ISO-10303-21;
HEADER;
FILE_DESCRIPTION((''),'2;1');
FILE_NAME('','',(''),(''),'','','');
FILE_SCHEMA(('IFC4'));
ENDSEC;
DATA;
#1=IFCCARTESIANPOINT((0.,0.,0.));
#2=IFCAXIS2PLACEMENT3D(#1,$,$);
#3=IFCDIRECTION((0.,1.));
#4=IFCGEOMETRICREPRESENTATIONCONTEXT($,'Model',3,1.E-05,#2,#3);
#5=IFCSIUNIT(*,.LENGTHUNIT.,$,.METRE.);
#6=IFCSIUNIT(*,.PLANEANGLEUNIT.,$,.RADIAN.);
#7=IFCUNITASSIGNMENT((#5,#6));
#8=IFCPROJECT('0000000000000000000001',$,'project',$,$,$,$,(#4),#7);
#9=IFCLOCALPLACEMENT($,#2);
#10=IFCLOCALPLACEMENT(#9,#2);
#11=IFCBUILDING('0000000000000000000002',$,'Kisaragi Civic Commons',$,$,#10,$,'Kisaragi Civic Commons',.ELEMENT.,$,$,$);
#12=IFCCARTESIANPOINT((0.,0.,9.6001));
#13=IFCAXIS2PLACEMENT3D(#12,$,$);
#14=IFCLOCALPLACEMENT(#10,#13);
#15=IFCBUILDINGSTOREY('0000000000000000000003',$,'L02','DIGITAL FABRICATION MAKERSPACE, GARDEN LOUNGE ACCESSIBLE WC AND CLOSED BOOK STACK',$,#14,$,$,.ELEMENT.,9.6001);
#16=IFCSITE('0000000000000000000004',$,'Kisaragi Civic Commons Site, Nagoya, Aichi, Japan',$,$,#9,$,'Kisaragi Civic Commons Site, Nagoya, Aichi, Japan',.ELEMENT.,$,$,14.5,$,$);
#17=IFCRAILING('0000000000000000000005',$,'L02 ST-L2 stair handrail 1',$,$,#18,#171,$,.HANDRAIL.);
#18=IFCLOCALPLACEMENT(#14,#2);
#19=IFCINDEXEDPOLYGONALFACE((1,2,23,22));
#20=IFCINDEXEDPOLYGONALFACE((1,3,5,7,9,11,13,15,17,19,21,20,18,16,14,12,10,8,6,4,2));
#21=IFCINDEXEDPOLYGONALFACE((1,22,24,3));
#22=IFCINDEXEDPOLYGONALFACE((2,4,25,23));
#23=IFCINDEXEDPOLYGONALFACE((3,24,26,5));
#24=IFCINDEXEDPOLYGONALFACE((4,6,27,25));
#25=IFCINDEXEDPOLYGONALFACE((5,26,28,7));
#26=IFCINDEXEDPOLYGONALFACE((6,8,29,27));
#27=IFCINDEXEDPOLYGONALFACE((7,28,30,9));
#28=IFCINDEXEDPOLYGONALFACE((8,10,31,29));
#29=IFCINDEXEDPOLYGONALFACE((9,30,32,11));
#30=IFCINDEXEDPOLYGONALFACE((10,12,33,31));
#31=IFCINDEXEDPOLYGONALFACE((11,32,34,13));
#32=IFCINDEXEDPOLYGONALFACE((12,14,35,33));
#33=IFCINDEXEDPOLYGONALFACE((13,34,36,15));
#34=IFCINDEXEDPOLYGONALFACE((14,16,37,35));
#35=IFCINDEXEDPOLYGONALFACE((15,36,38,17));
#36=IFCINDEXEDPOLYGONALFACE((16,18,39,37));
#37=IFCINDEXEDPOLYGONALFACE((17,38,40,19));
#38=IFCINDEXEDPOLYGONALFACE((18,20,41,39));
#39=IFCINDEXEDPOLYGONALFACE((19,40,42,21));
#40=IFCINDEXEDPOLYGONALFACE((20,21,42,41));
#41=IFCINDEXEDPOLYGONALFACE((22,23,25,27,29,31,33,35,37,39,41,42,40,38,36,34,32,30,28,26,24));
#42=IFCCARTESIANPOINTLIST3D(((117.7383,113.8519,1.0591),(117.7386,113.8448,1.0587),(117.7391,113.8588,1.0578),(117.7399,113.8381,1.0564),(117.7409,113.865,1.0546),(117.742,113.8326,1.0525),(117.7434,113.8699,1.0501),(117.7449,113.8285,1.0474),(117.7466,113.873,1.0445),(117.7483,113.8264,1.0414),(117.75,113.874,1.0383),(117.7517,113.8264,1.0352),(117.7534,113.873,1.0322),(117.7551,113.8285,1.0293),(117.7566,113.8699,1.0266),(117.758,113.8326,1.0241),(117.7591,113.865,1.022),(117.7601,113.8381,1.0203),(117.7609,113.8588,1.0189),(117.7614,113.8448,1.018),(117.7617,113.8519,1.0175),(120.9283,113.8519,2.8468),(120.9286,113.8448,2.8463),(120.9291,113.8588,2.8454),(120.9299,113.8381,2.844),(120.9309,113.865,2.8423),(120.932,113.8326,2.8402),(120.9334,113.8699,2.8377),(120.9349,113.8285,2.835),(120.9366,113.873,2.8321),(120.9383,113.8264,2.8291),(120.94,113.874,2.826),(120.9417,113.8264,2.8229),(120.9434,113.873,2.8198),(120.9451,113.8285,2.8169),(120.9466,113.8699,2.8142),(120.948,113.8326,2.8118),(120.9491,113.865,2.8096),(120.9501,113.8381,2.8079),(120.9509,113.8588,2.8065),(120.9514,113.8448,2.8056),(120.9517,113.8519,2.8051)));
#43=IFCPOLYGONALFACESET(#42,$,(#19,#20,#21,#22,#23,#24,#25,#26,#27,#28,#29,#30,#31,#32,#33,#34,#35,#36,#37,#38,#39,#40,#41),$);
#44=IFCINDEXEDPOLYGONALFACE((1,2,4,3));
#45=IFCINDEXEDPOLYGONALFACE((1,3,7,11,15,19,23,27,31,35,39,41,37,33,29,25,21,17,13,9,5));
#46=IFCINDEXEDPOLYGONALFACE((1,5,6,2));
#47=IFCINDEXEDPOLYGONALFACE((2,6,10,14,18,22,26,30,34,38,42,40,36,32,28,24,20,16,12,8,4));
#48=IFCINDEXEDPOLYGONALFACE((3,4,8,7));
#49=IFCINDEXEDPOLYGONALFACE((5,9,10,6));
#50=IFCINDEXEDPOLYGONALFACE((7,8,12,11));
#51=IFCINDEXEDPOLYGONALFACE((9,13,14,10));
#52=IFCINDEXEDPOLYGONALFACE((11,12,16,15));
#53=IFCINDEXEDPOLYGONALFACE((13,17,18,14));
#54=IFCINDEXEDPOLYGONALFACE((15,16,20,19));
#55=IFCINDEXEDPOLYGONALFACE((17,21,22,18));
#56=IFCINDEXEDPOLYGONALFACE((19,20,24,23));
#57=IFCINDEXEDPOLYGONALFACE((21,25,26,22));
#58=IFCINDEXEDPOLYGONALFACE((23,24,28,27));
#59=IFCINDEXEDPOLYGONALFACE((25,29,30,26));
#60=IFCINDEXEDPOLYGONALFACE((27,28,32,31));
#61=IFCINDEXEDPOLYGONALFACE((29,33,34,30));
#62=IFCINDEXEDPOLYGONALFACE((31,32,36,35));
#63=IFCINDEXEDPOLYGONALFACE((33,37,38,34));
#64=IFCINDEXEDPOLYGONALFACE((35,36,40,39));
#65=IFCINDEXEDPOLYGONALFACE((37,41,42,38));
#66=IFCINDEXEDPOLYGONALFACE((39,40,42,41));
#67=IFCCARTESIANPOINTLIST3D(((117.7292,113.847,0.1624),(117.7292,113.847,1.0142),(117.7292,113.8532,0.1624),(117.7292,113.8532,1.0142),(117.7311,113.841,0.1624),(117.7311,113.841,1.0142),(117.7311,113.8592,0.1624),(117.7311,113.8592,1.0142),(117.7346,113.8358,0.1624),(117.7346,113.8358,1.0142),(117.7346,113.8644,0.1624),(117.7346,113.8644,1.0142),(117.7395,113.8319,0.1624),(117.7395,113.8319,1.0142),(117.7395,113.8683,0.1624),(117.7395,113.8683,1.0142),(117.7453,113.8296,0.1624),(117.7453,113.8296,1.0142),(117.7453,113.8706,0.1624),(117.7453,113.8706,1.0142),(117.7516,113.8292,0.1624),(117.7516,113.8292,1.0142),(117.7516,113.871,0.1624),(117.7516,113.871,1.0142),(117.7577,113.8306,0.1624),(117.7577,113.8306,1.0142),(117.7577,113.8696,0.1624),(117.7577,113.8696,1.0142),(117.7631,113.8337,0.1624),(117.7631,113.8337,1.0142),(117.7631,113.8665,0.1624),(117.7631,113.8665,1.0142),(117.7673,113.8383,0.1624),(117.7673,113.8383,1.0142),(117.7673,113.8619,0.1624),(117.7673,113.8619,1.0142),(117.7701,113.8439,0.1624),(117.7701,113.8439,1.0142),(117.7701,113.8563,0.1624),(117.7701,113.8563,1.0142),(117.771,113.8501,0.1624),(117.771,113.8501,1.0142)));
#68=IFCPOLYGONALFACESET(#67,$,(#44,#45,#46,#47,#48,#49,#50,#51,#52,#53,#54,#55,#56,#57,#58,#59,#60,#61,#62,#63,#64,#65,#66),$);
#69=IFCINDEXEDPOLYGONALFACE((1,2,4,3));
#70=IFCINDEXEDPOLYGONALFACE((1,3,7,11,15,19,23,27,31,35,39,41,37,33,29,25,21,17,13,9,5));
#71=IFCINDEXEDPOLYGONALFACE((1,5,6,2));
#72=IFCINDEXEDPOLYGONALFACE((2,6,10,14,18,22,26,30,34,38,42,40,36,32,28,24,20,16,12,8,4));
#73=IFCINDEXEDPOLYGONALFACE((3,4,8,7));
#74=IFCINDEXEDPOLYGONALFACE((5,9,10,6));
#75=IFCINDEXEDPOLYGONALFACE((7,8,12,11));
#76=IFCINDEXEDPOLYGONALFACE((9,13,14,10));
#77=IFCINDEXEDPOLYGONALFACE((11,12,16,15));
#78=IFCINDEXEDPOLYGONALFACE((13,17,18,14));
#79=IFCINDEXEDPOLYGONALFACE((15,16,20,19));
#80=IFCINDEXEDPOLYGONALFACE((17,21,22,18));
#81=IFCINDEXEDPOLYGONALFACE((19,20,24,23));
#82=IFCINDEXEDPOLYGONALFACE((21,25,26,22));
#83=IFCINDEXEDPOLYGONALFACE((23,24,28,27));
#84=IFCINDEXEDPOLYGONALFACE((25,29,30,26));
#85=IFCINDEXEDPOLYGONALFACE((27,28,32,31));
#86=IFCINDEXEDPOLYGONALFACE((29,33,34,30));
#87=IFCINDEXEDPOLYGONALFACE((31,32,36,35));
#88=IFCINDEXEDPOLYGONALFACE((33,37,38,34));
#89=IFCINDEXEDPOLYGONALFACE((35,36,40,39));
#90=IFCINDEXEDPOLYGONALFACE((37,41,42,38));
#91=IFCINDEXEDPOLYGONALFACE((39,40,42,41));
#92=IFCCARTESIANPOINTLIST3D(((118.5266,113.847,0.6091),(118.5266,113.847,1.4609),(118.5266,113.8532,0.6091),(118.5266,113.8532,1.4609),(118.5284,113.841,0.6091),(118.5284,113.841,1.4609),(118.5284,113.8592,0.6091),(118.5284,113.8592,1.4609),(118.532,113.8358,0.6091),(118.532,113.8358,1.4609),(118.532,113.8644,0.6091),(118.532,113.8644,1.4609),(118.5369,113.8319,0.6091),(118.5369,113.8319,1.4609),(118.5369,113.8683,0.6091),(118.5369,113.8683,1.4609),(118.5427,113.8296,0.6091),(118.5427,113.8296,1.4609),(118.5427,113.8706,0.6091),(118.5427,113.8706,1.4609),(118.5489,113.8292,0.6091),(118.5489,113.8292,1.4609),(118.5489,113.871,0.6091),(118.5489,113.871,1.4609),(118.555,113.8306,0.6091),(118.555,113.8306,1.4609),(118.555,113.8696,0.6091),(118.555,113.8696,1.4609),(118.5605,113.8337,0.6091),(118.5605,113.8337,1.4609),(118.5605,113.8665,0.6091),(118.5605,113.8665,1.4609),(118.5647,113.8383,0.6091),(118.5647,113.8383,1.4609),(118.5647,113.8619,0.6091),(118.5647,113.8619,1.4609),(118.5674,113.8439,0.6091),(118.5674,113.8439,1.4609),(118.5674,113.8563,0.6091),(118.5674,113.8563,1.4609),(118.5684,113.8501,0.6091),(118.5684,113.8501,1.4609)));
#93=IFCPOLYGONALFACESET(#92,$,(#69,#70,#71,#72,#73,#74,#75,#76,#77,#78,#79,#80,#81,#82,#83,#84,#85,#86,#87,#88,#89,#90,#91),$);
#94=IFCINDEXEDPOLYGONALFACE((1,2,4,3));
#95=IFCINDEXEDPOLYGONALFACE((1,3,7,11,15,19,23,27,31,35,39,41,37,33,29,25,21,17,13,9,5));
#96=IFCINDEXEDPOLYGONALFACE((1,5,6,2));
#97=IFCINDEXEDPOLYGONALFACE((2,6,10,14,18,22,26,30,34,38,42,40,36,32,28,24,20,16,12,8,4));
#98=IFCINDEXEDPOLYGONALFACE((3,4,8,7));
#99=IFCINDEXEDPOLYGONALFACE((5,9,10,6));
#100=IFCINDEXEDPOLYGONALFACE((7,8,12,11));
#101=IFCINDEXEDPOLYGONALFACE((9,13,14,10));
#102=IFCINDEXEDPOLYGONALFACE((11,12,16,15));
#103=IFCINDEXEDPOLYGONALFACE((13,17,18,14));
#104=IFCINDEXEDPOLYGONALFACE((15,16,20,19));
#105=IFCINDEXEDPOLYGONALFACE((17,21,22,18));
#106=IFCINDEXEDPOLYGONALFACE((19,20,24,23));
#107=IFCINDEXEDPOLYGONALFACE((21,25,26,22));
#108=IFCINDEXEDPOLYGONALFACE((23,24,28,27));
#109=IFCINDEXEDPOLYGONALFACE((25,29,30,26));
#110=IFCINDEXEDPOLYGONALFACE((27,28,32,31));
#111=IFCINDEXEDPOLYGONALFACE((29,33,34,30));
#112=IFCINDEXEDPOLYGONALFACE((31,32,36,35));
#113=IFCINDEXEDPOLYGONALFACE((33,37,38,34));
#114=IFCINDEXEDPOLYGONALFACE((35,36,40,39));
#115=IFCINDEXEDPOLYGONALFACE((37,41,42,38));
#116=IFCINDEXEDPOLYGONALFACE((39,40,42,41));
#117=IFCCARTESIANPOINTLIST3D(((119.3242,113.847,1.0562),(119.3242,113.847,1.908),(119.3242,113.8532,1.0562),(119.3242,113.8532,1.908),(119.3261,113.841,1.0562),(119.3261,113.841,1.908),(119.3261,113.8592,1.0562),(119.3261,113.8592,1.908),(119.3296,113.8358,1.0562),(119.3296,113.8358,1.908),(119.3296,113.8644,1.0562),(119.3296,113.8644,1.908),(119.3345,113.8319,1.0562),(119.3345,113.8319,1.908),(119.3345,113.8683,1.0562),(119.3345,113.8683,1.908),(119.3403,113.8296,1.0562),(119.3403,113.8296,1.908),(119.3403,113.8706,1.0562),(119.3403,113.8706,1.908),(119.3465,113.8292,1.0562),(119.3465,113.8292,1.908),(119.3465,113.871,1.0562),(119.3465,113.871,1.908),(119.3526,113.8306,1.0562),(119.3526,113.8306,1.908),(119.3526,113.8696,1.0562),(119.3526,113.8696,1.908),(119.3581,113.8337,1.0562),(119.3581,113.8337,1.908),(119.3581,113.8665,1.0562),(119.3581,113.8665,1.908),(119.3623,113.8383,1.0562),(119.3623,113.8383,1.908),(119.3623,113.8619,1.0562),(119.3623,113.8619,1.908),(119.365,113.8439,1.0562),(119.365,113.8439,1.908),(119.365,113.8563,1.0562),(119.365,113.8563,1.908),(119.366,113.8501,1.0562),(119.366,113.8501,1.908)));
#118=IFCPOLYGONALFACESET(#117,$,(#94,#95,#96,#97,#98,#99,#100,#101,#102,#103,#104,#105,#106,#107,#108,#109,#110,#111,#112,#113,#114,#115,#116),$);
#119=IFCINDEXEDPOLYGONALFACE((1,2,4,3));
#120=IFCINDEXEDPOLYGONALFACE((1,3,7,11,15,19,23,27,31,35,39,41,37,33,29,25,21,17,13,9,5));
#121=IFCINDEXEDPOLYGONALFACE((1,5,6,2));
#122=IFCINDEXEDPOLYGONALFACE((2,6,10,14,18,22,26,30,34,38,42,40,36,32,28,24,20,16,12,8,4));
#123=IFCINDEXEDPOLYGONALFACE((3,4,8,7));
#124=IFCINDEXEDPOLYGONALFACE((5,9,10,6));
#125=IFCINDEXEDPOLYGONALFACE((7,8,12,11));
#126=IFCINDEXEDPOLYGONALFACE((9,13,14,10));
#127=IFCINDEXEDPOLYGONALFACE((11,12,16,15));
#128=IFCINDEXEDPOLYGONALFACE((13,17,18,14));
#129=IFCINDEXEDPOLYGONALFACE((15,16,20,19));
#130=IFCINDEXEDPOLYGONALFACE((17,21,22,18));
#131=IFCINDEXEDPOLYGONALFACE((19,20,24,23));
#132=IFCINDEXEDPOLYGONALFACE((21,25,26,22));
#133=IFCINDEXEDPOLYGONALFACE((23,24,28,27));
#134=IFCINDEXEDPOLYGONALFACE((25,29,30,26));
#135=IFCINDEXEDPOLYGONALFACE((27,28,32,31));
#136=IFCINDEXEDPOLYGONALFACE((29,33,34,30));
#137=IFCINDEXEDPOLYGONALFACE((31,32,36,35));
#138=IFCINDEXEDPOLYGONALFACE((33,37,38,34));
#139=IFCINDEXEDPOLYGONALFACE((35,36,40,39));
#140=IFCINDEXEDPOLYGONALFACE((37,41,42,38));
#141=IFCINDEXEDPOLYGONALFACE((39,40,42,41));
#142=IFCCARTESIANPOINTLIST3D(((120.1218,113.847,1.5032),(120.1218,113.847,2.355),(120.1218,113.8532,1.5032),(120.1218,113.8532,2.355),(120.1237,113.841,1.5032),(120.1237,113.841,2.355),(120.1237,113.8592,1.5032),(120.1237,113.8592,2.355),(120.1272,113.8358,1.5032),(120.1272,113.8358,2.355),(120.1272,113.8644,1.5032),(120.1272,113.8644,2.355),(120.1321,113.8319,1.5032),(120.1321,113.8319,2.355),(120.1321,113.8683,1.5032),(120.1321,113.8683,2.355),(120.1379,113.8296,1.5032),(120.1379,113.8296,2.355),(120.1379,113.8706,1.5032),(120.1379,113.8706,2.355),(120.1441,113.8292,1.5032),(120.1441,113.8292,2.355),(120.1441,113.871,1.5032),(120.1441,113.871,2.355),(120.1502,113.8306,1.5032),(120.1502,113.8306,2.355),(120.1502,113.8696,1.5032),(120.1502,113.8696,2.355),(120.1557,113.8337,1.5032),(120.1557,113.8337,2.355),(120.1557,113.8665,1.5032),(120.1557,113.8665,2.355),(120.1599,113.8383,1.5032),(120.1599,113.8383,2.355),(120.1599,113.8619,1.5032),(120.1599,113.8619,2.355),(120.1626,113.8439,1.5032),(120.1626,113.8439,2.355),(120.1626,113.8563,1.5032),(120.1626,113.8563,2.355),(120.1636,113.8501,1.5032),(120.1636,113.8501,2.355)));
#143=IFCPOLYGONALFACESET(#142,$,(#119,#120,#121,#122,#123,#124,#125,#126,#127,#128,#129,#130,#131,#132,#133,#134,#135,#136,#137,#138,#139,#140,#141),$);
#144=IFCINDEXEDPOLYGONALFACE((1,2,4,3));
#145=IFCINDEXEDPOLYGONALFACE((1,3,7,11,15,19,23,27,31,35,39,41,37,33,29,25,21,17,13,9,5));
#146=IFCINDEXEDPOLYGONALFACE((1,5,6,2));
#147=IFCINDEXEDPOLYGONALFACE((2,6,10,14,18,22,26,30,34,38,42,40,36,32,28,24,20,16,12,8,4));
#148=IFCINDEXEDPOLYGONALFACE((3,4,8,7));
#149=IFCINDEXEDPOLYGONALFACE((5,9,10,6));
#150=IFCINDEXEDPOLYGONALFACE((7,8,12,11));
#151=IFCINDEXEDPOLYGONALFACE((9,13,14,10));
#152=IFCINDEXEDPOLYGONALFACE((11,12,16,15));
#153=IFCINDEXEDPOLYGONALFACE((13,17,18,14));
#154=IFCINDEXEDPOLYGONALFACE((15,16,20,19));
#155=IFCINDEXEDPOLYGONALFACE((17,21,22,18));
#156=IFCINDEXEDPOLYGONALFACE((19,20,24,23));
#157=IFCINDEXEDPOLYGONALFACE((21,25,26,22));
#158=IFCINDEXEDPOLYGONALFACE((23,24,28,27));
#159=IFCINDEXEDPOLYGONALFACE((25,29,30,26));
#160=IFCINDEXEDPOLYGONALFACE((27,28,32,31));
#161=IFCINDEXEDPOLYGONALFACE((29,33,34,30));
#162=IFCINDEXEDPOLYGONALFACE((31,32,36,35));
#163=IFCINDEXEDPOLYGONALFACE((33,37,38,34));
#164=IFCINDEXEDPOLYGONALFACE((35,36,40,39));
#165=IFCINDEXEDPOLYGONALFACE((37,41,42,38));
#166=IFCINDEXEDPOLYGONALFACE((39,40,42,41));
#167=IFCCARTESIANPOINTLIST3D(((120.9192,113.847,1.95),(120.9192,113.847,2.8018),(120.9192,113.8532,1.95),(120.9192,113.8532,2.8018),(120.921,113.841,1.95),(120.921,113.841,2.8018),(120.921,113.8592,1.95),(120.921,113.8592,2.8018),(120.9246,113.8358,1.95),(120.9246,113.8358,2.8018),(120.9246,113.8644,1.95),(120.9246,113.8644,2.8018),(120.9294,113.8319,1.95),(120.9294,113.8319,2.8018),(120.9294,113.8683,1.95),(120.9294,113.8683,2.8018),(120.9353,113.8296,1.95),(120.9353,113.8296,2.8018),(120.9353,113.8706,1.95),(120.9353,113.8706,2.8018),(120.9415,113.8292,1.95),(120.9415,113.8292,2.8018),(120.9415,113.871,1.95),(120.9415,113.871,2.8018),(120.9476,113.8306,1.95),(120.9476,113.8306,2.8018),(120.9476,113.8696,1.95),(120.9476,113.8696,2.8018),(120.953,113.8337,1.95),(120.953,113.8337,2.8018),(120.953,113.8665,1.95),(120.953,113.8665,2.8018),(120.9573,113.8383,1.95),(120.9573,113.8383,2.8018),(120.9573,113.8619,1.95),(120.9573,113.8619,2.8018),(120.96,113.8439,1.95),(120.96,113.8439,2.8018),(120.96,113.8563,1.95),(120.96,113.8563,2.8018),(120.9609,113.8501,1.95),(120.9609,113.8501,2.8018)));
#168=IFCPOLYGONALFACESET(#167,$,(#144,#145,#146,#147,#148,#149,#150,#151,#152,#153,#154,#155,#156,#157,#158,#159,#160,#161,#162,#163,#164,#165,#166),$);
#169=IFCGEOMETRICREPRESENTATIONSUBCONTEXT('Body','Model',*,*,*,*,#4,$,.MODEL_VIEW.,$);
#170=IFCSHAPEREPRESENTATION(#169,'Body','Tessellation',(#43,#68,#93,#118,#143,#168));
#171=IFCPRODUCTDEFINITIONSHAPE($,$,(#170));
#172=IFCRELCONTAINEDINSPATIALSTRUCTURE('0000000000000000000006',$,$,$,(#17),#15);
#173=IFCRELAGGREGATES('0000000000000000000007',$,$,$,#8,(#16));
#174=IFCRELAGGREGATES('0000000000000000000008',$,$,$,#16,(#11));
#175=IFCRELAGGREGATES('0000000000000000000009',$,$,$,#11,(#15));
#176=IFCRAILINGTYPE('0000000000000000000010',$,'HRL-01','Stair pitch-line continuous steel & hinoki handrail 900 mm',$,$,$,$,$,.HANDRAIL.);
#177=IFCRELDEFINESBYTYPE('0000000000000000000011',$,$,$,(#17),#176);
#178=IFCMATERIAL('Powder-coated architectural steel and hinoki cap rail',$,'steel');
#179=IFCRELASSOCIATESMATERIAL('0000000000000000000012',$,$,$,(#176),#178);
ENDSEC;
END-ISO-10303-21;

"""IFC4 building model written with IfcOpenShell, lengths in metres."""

from ifc_helpers import new_model, si_unit, direction, frame, origin, origin_2d, place, context, subcontext, project, spatial, circle, extrude, material, type_object, element, save


model = new_model("IFC4")

# Units and contexts
model_context = context("Model", 3, precision=1e-05, world=origin(), true_north=direction((0.0, 1.0)))
body_context = subcontext(model_context, "Body", "Model", "MODEL_VIEW")
ifc_project = project(units=[si_unit("LENGTHUNIT", "METRE"), si_unit("PLANEANGLEUNIT", "RADIAN")], contexts=[model_context])

# Site, building, storey
site_placement = place(None, origin())
site = spatial("IfcSite", under=ifc_project, at=site_placement, Name="Kisaragi Civic Commons Site, Nagoya, Aichi, Japan", LongName="Kisaragi Civic Commons Site, Nagoya, Aichi, Japan", CompositionType="ELEMENT", RefElevation=14.5)
building_placement = place(site_placement, origin())
building = spatial("IfcBuilding", under=site, at=building_placement, Name="Kisaragi Civic Commons", LongName="Kisaragi Civic Commons", CompositionType="ELEMENT")
storey_placement = place(building_placement, frame((0.0, 0.0, 9.6001)))
storey = spatial("IfcBuildingStorey", under=building, at=storey_placement, Name="L02", Description="DIGITAL FABRICATION MAKERSPACE, GARDEN LOUNGE ACCESSIBLE WC AND CLOSED BOOK STACK", CompositionType="ELEMENT", Elevation=9.6001)

# Railing
ifc_material_1 = material(Name="Powder-coated architectural steel and hinoki cap rail", Category="steel")
railing_type_1 = type_object("IfcRailingType", Name="HRL-01", Description="Stair pitch-line continuous steel & hinoki handrail 900 mm", PredefinedType="HANDRAIL", material=ifc_material_1)
railing_1_placement = place(storey_placement, frame((117.75, 113.8501, 0.1624)))
element("IfcRailing", 1, at=railing_1_placement, inside=storey, type_object=railing_type_1, Name="L02 ST-L2 stair handrail 1", PredefinedType="HANDRAIL", context=body_context, shape_type="SweptSolid", body=[
    extrude(circle(Radius=0.0239, at=origin_2d()), frame((0.0, 0.0, 0.876), z_axis=(0.872363, 0.0, 0.48886), x_axis=(0.0, 1.0, 0.0)), (0.0, 0.0, 1.0), 3.6567),
    extrude(circle(Radius=0.021, at=origin_2d()), origin(), (0.0, 0.0, 1.0), 0.8518),
    extrude(circle(Radius=0.021, at=origin_2d()), frame((0.7974, 0.0, 0.4468)), (0.0, 0.0, 1.0), 0.8518),
    extrude(circle(Radius=0.021, at=origin_2d()), frame((1.595, 0.0, 0.8938)), (0.0, 0.0, 1.0), 0.8518),
    extrude(circle(Radius=0.021, at=origin_2d()), frame((2.3926, 0.0, 1.3408)), (0.0, 0.0, 1.0), 0.8518),
    extrude(circle(Radius=0.021, at=origin_2d()), frame((3.1899, 0.0, 1.7876)), (0.0, 0.0, 1.0), 0.8518),
])

save(model, "model.ifc")
